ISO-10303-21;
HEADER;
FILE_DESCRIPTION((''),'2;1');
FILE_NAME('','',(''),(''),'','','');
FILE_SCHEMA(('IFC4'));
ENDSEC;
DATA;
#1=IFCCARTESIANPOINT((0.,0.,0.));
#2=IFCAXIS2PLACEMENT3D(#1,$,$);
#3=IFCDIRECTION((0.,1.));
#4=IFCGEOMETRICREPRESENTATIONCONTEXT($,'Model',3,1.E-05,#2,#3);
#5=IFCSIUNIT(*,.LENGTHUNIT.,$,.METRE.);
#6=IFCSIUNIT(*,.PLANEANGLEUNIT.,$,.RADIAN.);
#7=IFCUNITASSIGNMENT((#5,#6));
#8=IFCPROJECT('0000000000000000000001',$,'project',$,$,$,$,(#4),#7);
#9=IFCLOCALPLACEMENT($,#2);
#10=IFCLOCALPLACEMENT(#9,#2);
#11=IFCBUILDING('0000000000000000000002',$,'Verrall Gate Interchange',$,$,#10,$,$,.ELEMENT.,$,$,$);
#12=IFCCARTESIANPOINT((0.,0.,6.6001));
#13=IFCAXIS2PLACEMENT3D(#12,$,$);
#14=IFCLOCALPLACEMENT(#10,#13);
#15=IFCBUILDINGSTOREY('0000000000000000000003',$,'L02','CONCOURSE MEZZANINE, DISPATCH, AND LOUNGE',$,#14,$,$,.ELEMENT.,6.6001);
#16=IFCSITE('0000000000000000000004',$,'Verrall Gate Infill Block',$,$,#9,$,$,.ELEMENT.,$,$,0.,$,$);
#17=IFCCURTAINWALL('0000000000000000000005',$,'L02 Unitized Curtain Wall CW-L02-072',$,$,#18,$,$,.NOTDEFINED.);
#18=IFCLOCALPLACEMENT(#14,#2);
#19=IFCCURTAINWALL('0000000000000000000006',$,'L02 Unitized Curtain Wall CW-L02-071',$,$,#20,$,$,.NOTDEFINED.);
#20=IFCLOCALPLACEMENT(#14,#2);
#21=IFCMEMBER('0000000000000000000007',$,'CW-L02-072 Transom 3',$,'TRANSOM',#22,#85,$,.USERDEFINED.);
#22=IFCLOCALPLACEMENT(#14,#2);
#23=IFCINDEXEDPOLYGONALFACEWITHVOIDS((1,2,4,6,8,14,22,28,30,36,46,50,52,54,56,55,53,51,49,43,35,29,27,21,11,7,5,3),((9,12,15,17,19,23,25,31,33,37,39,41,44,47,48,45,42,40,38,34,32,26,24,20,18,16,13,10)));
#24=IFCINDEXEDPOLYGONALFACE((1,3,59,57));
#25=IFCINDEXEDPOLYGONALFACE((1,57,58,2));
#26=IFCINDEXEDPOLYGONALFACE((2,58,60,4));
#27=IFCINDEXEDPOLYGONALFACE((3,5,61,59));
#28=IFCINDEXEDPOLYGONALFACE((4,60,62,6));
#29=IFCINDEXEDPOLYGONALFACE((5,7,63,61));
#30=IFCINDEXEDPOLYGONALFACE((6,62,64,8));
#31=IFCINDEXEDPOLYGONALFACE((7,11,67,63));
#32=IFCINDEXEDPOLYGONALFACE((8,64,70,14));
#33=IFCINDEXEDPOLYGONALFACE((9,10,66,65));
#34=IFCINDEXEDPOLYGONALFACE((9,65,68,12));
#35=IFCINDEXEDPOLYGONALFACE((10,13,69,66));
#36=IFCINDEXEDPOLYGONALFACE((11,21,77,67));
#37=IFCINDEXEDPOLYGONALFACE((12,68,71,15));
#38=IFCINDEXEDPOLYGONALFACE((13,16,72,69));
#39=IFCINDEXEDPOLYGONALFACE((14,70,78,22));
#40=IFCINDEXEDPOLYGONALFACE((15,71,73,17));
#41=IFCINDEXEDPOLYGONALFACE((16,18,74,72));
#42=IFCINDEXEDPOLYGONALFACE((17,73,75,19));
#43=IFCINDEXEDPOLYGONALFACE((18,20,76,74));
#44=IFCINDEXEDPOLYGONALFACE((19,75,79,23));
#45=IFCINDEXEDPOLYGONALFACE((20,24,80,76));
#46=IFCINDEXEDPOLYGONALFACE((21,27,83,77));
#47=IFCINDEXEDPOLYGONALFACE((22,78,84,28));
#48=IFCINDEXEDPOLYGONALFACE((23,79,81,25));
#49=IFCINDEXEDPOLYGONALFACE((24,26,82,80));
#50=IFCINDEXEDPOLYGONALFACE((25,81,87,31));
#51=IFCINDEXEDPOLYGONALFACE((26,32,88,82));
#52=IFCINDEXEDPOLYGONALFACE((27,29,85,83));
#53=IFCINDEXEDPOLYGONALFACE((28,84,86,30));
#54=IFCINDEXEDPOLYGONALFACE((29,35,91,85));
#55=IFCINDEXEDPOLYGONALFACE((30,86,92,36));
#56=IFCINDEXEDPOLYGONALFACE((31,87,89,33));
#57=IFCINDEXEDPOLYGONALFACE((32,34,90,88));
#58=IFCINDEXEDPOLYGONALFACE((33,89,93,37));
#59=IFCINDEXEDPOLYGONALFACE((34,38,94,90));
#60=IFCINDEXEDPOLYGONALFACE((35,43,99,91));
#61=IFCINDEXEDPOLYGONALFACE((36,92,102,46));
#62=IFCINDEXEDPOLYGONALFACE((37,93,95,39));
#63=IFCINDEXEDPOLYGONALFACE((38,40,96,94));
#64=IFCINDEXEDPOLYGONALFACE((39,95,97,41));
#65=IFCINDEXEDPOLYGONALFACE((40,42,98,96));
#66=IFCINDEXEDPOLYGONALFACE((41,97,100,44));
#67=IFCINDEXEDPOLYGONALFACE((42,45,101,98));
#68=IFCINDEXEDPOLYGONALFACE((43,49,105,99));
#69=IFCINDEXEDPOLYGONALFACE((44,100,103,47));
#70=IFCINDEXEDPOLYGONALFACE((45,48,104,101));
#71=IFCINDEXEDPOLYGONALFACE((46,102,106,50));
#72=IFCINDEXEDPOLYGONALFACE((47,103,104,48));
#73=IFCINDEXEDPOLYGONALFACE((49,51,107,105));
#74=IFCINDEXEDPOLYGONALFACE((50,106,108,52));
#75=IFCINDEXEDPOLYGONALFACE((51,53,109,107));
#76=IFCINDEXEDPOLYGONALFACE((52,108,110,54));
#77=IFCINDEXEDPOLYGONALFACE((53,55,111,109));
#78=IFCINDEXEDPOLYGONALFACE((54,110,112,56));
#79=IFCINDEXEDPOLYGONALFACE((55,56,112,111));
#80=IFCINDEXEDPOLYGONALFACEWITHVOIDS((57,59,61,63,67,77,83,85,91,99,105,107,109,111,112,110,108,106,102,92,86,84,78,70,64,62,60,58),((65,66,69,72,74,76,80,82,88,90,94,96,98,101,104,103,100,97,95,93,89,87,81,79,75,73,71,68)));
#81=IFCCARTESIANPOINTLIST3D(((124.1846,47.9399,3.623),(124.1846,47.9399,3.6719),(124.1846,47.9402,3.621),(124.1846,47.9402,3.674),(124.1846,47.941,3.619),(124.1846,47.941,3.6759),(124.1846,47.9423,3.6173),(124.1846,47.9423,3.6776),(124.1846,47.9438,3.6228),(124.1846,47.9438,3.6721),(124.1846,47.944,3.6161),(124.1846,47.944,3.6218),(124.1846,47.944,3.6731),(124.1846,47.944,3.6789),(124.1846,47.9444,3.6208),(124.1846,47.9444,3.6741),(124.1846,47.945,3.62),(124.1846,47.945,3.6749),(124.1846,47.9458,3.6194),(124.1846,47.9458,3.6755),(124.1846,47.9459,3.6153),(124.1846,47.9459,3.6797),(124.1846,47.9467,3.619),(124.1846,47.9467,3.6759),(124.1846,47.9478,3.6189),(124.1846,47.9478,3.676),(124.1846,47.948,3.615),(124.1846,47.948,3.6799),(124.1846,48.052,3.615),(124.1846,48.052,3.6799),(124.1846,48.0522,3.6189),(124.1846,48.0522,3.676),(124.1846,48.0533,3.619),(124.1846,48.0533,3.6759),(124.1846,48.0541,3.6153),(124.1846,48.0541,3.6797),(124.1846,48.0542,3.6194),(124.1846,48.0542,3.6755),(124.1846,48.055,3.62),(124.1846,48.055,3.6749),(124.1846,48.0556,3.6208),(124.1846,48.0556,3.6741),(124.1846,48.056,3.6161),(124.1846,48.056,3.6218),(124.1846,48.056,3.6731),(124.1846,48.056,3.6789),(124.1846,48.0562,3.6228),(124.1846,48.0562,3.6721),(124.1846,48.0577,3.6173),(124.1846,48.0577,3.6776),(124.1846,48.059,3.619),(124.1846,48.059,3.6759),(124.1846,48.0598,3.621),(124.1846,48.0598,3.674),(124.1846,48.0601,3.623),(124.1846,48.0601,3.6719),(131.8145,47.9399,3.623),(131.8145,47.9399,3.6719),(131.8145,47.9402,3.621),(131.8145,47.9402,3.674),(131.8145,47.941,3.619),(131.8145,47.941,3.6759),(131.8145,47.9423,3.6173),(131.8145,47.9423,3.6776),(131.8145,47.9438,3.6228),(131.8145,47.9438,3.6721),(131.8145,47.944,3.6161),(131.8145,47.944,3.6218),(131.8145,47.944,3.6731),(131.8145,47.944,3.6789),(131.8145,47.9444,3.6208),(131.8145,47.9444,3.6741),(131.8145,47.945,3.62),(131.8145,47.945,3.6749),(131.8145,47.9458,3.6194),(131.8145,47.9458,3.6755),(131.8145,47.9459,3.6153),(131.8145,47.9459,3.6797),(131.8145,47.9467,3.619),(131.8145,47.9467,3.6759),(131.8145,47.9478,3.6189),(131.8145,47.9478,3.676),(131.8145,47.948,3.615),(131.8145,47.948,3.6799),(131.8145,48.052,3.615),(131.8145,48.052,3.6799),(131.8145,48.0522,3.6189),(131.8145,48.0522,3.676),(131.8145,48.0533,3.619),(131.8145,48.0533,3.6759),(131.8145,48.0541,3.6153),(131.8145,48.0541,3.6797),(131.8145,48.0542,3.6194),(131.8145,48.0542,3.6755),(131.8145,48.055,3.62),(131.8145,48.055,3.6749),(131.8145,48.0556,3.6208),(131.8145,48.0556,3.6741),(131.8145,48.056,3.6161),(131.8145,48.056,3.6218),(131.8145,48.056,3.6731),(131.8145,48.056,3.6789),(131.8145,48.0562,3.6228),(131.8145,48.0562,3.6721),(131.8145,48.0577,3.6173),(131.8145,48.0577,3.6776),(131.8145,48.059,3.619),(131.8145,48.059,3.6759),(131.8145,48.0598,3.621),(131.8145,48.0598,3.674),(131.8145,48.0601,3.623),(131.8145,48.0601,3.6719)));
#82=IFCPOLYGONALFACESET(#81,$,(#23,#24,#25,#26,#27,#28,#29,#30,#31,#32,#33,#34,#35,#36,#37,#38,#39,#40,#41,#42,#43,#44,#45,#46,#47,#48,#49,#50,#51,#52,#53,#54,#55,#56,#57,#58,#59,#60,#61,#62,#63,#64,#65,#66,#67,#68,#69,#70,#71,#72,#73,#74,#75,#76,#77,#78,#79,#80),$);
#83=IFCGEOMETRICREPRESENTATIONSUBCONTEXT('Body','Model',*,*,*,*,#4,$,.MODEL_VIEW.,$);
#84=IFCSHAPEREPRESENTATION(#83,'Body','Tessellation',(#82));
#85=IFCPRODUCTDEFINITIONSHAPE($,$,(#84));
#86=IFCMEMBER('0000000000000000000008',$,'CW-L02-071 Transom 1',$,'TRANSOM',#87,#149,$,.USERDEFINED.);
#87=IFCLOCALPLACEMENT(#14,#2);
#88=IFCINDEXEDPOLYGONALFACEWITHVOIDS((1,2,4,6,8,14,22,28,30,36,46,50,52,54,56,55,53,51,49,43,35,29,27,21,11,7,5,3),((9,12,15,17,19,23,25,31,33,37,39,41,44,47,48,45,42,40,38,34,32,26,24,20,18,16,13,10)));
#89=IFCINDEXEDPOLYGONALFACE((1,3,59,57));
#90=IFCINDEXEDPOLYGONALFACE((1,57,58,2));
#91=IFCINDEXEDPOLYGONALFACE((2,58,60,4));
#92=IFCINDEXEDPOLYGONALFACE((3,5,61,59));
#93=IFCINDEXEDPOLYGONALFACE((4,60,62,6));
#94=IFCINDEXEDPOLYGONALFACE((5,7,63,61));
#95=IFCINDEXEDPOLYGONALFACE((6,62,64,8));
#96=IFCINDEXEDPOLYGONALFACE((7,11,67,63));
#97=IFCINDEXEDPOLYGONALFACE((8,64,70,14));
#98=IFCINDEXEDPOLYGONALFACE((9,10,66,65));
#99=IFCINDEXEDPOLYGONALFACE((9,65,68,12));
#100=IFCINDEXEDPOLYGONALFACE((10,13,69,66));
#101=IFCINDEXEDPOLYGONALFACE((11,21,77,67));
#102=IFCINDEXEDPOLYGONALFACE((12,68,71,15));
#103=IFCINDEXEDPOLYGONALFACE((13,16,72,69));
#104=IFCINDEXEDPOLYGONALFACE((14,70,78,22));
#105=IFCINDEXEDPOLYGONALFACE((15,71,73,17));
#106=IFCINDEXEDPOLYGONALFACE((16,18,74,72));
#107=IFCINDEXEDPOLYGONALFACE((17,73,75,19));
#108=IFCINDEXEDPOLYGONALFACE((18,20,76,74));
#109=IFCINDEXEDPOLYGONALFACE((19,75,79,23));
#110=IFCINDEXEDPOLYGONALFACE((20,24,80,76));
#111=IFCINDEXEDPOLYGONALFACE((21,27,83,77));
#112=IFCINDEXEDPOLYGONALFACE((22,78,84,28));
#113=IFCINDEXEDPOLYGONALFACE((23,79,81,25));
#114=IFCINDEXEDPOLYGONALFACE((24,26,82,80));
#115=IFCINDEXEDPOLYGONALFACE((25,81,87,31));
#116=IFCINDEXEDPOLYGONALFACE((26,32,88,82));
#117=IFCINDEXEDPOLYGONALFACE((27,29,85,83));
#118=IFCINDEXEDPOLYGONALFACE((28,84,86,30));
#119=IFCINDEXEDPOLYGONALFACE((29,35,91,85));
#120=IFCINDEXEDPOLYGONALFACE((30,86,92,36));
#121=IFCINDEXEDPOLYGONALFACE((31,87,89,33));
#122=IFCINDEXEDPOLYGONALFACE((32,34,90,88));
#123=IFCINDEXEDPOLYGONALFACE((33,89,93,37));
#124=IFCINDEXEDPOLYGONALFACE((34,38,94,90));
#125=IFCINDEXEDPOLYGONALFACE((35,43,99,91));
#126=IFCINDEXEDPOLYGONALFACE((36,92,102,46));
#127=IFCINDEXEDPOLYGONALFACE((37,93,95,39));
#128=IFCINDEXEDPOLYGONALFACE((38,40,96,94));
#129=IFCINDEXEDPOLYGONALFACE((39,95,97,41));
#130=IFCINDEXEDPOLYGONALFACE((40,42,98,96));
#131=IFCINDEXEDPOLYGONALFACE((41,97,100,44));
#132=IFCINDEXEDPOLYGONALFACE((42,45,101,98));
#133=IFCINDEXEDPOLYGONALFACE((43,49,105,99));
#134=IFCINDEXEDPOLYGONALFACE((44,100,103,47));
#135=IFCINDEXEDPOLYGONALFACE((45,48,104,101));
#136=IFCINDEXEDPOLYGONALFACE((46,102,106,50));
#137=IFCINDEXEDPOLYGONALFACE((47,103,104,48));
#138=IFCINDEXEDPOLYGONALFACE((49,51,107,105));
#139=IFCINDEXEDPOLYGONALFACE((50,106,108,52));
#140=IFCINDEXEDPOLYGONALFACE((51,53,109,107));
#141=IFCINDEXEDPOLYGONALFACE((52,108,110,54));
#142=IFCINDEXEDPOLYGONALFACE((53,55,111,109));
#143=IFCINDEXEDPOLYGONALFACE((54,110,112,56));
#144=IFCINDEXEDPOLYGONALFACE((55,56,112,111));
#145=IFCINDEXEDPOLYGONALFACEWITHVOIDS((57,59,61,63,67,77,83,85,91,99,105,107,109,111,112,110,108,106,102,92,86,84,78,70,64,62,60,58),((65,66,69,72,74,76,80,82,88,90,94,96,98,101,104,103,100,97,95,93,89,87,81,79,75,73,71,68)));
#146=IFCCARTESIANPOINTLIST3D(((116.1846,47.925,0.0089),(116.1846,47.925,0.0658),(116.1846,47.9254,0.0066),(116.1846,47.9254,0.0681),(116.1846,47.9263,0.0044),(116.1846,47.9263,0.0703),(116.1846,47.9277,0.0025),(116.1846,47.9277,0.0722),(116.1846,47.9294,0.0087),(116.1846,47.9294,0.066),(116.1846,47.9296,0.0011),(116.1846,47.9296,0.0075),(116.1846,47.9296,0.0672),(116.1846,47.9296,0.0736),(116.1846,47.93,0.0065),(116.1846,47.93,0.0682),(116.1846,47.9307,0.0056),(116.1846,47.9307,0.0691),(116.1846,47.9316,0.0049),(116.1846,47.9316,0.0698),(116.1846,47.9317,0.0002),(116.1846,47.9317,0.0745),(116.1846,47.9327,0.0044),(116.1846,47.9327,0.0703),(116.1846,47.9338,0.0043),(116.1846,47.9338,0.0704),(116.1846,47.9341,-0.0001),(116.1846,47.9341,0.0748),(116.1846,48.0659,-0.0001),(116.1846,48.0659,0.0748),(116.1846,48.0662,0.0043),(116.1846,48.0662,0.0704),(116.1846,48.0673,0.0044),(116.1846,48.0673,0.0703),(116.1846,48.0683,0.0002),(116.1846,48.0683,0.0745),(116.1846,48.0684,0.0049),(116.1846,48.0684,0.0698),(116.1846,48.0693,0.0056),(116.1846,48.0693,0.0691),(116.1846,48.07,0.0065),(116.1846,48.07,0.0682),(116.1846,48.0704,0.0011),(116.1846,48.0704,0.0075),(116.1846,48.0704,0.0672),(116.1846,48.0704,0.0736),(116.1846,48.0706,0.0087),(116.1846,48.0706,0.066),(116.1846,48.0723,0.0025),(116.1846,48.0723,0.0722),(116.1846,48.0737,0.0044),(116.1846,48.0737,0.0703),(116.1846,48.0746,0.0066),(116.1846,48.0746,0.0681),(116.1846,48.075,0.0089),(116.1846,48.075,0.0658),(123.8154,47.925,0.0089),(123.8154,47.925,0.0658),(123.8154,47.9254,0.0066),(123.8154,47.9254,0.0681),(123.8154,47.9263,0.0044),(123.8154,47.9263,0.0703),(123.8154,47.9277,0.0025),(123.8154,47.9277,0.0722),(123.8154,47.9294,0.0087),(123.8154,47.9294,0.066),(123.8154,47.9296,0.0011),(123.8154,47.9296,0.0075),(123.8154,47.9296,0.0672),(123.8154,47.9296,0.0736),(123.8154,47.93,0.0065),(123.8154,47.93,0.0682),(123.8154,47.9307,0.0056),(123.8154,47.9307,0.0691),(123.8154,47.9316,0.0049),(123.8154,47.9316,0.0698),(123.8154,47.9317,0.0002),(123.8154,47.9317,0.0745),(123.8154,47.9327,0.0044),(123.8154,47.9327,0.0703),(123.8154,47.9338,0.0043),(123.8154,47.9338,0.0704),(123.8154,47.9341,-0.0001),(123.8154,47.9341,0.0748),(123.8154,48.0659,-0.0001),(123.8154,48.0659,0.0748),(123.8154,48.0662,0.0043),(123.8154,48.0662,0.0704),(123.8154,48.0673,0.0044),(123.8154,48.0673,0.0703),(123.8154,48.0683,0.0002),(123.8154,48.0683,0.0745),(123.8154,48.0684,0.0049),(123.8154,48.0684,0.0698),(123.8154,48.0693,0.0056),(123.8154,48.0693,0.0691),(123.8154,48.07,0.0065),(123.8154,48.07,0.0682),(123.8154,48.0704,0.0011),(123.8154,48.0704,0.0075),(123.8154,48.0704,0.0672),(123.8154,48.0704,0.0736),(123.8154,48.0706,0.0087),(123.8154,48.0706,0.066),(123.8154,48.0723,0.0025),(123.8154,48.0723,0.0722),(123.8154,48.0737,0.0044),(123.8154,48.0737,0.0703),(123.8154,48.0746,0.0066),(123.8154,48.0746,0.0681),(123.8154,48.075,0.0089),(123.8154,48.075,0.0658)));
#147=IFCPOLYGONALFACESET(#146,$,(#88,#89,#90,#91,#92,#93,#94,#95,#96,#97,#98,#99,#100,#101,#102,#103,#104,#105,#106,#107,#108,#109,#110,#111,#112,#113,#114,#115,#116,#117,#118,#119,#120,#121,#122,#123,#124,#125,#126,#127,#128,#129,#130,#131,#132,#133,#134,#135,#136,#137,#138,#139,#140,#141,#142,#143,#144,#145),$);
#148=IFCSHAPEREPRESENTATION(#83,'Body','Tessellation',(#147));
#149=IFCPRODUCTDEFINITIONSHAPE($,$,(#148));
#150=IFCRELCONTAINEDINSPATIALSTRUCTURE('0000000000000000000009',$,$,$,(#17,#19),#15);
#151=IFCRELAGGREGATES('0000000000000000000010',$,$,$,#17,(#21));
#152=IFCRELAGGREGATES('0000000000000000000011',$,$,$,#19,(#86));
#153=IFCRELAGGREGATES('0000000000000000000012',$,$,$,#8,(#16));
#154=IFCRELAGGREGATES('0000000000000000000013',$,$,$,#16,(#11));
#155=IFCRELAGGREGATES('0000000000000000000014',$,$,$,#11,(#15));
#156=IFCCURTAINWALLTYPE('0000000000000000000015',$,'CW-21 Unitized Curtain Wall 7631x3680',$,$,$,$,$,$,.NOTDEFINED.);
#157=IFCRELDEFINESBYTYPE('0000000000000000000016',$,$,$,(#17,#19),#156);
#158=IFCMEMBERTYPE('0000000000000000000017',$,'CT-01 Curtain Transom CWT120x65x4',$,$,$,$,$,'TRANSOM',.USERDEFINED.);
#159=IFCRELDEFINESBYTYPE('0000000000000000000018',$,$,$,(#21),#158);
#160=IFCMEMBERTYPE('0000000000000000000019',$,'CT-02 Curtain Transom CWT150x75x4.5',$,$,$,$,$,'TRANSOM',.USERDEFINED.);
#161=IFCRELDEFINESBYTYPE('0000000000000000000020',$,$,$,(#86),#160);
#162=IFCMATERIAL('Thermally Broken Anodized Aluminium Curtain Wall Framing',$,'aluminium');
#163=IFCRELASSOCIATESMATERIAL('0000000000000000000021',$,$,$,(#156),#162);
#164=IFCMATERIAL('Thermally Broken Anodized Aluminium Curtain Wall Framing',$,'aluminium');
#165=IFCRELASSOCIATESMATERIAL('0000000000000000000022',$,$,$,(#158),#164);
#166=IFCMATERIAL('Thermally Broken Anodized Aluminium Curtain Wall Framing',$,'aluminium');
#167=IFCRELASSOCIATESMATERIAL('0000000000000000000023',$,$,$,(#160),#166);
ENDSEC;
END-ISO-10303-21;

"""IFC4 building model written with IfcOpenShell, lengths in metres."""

from ifc_helpers import new_model, si_unit, direction, frame, origin, origin_2d, place, context, subcontext, project, spatial, hollow_rectangle, extrude, material, material_profile, profile_set, type_object, element, aggregate, save


model = new_model("IFC4")

# Units and contexts
model_context = context("Model", 3, precision=1e-05, world=origin(), true_north=direction((0.0, 1.0)))
body_context = subcontext(model_context, "Body", "Model", "MODEL_VIEW")
ifc_project = project(units=[si_unit("LENGTHUNIT", "METRE"), si_unit("PLANEANGLEUNIT", "RADIAN")], contexts=[model_context])

# Site, building, storey
site_placement = place(None, origin())
site = spatial("IfcSite", under=ifc_project, at=site_placement, Name="Verrall Gate Infill Block", CompositionType="ELEMENT", RefElevation=0.0)
building_placement = place(site_placement, origin())
building = spatial("IfcBuilding", under=site, at=building_placement, Name="Verrall Gate Interchange", CompositionType="ELEMENT")
storey_placement = place(building_placement, frame((0.0, 0.0, 6.6001)))
storey = spatial("IfcBuildingStorey", under=building, at=storey_placement, Name="L02", Description="CONCOURSE MEZZANINE, DISPATCH, AND LOUNGE", CompositionType="ELEMENT", Elevation=6.6001)

# Curtain walls
ifc_material_1 = material(Name="Thermally Broken Anodized Aluminium Curtain Wall Framing", Category="aluminium")
curtain_wall_type = type_object("IfcCurtainWallType", Name="CW-21 Unitized Curtain Wall 7631x3680", PredefinedType="NOTDEFINED", material=ifc_material_1)
curtain_wall_1_placement = place(storey_placement, origin())
curtain_wall_1 = element("IfcCurtainWall", 1, at=curtain_wall_1_placement, inside=storey, type_object=curtain_wall_type, Name="L02 Unitized Curtain Wall CW-L02-072", PredefinedType="NOTDEFINED")
curtain_wall_2_placement = place(storey_placement, origin())
curtain_wall_2 = element("IfcCurtainWall", 2, at=curtain_wall_2_placement, inside=storey, type_object=curtain_wall_type, Name="L02 Unitized Curtain Wall CW-L02-071", PredefinedType="NOTDEFINED")

# Members
ifc_material_2 = material(Name="Thermally Broken Anodized Aluminium Curtain Wall Framing", Category="aluminium")
ifc_material_profile_1 = material_profile(ifc_material_2, hollow_rectangle(XDim=0.1201, YDim=0.0649, WallThickness=0.0039, InnerFilletRadius=0.0039, OuterFilletRadius=0.0081, at=origin_2d()), Name="CWT120x65x4")
ifc_profile_set_1 = profile_set([ifc_material_profile_1], Name="Thermally Broken Anodized Aluminium Curtain Wall Framing")
member_type_1 = type_object("IfcMemberType", Name="CT-01 Curtain Transom CWT120x65x4", ElementType="TRANSOM", PredefinedType="USERDEFINED", material=ifc_profile_set_1)
member_1_placement = place(storey_placement, frame((124.1846, 48.0, 3.6475), z_axis=(1.0, 0.0, 0.0), x_axis=(0.0, 1.0, 0.0)))
member_1 = element("IfcMember", 3, at=member_1_placement, type_object=member_type_1, Name="CW-L02-072 Transom 3", ObjectType="TRANSOM", PredefinedType="USERDEFINED", context=body_context, shape_type="SweptSolid", body=[
    extrude(hollow_rectangle(XDim=0.1201, YDim=0.0649, WallThickness=0.0039, InnerFilletRadius=0.0039, OuterFilletRadius=0.0081, at=origin_2d()), origin(), (0.0, 0.0, 1.0), 7.6299),
])
ifc_material_3 = material(Name="Thermally Broken Anodized Aluminium Curtain Wall Framing", Category="aluminium")
ifc_material_profile_2 = material_profile(ifc_material_3, hollow_rectangle(XDim=0.1499, YDim=0.075, WallThickness=0.0044, InnerFilletRadius=0.0044, OuterFilletRadius=0.009, at=origin_2d()), Name="CWT150x75x4.5")
ifc_profile_set_2 = profile_set([ifc_material_profile_2], Name="Thermally Broken Anodized Aluminium Curtain Wall Framing")
member_type_2 = type_object("IfcMemberType", Name="CT-02 Curtain Transom CWT150x75x4.5", ElementType="TRANSOM", PredefinedType="USERDEFINED", material=ifc_profile_set_2)
member_2_placement = place(storey_placement, frame((116.1846, 48.0, 0.0374), z_axis=(1.0, 0.0, 0.0), x_axis=(0.0, 1.0, 0.0)))
member_2 = element("IfcMember", 4, at=member_2_placement, type_object=member_type_2, Name="CW-L02-071 Transom 1", ObjectType="TRANSOM", PredefinedType="USERDEFINED", context=body_context, shape_type="SweptSolid", body=[
    extrude(hollow_rectangle(XDim=0.1499, YDim=0.075, WallThickness=0.0044, InnerFilletRadius=0.0044, OuterFilletRadius=0.009, at=origin_2d()), origin(), (0.0, 0.0, 1.0), 7.6309),
])

aggregate(curtain_wall_1, [member_1])
aggregate(curtain_wall_2, [member_2])

save(model, "model.ifc")
